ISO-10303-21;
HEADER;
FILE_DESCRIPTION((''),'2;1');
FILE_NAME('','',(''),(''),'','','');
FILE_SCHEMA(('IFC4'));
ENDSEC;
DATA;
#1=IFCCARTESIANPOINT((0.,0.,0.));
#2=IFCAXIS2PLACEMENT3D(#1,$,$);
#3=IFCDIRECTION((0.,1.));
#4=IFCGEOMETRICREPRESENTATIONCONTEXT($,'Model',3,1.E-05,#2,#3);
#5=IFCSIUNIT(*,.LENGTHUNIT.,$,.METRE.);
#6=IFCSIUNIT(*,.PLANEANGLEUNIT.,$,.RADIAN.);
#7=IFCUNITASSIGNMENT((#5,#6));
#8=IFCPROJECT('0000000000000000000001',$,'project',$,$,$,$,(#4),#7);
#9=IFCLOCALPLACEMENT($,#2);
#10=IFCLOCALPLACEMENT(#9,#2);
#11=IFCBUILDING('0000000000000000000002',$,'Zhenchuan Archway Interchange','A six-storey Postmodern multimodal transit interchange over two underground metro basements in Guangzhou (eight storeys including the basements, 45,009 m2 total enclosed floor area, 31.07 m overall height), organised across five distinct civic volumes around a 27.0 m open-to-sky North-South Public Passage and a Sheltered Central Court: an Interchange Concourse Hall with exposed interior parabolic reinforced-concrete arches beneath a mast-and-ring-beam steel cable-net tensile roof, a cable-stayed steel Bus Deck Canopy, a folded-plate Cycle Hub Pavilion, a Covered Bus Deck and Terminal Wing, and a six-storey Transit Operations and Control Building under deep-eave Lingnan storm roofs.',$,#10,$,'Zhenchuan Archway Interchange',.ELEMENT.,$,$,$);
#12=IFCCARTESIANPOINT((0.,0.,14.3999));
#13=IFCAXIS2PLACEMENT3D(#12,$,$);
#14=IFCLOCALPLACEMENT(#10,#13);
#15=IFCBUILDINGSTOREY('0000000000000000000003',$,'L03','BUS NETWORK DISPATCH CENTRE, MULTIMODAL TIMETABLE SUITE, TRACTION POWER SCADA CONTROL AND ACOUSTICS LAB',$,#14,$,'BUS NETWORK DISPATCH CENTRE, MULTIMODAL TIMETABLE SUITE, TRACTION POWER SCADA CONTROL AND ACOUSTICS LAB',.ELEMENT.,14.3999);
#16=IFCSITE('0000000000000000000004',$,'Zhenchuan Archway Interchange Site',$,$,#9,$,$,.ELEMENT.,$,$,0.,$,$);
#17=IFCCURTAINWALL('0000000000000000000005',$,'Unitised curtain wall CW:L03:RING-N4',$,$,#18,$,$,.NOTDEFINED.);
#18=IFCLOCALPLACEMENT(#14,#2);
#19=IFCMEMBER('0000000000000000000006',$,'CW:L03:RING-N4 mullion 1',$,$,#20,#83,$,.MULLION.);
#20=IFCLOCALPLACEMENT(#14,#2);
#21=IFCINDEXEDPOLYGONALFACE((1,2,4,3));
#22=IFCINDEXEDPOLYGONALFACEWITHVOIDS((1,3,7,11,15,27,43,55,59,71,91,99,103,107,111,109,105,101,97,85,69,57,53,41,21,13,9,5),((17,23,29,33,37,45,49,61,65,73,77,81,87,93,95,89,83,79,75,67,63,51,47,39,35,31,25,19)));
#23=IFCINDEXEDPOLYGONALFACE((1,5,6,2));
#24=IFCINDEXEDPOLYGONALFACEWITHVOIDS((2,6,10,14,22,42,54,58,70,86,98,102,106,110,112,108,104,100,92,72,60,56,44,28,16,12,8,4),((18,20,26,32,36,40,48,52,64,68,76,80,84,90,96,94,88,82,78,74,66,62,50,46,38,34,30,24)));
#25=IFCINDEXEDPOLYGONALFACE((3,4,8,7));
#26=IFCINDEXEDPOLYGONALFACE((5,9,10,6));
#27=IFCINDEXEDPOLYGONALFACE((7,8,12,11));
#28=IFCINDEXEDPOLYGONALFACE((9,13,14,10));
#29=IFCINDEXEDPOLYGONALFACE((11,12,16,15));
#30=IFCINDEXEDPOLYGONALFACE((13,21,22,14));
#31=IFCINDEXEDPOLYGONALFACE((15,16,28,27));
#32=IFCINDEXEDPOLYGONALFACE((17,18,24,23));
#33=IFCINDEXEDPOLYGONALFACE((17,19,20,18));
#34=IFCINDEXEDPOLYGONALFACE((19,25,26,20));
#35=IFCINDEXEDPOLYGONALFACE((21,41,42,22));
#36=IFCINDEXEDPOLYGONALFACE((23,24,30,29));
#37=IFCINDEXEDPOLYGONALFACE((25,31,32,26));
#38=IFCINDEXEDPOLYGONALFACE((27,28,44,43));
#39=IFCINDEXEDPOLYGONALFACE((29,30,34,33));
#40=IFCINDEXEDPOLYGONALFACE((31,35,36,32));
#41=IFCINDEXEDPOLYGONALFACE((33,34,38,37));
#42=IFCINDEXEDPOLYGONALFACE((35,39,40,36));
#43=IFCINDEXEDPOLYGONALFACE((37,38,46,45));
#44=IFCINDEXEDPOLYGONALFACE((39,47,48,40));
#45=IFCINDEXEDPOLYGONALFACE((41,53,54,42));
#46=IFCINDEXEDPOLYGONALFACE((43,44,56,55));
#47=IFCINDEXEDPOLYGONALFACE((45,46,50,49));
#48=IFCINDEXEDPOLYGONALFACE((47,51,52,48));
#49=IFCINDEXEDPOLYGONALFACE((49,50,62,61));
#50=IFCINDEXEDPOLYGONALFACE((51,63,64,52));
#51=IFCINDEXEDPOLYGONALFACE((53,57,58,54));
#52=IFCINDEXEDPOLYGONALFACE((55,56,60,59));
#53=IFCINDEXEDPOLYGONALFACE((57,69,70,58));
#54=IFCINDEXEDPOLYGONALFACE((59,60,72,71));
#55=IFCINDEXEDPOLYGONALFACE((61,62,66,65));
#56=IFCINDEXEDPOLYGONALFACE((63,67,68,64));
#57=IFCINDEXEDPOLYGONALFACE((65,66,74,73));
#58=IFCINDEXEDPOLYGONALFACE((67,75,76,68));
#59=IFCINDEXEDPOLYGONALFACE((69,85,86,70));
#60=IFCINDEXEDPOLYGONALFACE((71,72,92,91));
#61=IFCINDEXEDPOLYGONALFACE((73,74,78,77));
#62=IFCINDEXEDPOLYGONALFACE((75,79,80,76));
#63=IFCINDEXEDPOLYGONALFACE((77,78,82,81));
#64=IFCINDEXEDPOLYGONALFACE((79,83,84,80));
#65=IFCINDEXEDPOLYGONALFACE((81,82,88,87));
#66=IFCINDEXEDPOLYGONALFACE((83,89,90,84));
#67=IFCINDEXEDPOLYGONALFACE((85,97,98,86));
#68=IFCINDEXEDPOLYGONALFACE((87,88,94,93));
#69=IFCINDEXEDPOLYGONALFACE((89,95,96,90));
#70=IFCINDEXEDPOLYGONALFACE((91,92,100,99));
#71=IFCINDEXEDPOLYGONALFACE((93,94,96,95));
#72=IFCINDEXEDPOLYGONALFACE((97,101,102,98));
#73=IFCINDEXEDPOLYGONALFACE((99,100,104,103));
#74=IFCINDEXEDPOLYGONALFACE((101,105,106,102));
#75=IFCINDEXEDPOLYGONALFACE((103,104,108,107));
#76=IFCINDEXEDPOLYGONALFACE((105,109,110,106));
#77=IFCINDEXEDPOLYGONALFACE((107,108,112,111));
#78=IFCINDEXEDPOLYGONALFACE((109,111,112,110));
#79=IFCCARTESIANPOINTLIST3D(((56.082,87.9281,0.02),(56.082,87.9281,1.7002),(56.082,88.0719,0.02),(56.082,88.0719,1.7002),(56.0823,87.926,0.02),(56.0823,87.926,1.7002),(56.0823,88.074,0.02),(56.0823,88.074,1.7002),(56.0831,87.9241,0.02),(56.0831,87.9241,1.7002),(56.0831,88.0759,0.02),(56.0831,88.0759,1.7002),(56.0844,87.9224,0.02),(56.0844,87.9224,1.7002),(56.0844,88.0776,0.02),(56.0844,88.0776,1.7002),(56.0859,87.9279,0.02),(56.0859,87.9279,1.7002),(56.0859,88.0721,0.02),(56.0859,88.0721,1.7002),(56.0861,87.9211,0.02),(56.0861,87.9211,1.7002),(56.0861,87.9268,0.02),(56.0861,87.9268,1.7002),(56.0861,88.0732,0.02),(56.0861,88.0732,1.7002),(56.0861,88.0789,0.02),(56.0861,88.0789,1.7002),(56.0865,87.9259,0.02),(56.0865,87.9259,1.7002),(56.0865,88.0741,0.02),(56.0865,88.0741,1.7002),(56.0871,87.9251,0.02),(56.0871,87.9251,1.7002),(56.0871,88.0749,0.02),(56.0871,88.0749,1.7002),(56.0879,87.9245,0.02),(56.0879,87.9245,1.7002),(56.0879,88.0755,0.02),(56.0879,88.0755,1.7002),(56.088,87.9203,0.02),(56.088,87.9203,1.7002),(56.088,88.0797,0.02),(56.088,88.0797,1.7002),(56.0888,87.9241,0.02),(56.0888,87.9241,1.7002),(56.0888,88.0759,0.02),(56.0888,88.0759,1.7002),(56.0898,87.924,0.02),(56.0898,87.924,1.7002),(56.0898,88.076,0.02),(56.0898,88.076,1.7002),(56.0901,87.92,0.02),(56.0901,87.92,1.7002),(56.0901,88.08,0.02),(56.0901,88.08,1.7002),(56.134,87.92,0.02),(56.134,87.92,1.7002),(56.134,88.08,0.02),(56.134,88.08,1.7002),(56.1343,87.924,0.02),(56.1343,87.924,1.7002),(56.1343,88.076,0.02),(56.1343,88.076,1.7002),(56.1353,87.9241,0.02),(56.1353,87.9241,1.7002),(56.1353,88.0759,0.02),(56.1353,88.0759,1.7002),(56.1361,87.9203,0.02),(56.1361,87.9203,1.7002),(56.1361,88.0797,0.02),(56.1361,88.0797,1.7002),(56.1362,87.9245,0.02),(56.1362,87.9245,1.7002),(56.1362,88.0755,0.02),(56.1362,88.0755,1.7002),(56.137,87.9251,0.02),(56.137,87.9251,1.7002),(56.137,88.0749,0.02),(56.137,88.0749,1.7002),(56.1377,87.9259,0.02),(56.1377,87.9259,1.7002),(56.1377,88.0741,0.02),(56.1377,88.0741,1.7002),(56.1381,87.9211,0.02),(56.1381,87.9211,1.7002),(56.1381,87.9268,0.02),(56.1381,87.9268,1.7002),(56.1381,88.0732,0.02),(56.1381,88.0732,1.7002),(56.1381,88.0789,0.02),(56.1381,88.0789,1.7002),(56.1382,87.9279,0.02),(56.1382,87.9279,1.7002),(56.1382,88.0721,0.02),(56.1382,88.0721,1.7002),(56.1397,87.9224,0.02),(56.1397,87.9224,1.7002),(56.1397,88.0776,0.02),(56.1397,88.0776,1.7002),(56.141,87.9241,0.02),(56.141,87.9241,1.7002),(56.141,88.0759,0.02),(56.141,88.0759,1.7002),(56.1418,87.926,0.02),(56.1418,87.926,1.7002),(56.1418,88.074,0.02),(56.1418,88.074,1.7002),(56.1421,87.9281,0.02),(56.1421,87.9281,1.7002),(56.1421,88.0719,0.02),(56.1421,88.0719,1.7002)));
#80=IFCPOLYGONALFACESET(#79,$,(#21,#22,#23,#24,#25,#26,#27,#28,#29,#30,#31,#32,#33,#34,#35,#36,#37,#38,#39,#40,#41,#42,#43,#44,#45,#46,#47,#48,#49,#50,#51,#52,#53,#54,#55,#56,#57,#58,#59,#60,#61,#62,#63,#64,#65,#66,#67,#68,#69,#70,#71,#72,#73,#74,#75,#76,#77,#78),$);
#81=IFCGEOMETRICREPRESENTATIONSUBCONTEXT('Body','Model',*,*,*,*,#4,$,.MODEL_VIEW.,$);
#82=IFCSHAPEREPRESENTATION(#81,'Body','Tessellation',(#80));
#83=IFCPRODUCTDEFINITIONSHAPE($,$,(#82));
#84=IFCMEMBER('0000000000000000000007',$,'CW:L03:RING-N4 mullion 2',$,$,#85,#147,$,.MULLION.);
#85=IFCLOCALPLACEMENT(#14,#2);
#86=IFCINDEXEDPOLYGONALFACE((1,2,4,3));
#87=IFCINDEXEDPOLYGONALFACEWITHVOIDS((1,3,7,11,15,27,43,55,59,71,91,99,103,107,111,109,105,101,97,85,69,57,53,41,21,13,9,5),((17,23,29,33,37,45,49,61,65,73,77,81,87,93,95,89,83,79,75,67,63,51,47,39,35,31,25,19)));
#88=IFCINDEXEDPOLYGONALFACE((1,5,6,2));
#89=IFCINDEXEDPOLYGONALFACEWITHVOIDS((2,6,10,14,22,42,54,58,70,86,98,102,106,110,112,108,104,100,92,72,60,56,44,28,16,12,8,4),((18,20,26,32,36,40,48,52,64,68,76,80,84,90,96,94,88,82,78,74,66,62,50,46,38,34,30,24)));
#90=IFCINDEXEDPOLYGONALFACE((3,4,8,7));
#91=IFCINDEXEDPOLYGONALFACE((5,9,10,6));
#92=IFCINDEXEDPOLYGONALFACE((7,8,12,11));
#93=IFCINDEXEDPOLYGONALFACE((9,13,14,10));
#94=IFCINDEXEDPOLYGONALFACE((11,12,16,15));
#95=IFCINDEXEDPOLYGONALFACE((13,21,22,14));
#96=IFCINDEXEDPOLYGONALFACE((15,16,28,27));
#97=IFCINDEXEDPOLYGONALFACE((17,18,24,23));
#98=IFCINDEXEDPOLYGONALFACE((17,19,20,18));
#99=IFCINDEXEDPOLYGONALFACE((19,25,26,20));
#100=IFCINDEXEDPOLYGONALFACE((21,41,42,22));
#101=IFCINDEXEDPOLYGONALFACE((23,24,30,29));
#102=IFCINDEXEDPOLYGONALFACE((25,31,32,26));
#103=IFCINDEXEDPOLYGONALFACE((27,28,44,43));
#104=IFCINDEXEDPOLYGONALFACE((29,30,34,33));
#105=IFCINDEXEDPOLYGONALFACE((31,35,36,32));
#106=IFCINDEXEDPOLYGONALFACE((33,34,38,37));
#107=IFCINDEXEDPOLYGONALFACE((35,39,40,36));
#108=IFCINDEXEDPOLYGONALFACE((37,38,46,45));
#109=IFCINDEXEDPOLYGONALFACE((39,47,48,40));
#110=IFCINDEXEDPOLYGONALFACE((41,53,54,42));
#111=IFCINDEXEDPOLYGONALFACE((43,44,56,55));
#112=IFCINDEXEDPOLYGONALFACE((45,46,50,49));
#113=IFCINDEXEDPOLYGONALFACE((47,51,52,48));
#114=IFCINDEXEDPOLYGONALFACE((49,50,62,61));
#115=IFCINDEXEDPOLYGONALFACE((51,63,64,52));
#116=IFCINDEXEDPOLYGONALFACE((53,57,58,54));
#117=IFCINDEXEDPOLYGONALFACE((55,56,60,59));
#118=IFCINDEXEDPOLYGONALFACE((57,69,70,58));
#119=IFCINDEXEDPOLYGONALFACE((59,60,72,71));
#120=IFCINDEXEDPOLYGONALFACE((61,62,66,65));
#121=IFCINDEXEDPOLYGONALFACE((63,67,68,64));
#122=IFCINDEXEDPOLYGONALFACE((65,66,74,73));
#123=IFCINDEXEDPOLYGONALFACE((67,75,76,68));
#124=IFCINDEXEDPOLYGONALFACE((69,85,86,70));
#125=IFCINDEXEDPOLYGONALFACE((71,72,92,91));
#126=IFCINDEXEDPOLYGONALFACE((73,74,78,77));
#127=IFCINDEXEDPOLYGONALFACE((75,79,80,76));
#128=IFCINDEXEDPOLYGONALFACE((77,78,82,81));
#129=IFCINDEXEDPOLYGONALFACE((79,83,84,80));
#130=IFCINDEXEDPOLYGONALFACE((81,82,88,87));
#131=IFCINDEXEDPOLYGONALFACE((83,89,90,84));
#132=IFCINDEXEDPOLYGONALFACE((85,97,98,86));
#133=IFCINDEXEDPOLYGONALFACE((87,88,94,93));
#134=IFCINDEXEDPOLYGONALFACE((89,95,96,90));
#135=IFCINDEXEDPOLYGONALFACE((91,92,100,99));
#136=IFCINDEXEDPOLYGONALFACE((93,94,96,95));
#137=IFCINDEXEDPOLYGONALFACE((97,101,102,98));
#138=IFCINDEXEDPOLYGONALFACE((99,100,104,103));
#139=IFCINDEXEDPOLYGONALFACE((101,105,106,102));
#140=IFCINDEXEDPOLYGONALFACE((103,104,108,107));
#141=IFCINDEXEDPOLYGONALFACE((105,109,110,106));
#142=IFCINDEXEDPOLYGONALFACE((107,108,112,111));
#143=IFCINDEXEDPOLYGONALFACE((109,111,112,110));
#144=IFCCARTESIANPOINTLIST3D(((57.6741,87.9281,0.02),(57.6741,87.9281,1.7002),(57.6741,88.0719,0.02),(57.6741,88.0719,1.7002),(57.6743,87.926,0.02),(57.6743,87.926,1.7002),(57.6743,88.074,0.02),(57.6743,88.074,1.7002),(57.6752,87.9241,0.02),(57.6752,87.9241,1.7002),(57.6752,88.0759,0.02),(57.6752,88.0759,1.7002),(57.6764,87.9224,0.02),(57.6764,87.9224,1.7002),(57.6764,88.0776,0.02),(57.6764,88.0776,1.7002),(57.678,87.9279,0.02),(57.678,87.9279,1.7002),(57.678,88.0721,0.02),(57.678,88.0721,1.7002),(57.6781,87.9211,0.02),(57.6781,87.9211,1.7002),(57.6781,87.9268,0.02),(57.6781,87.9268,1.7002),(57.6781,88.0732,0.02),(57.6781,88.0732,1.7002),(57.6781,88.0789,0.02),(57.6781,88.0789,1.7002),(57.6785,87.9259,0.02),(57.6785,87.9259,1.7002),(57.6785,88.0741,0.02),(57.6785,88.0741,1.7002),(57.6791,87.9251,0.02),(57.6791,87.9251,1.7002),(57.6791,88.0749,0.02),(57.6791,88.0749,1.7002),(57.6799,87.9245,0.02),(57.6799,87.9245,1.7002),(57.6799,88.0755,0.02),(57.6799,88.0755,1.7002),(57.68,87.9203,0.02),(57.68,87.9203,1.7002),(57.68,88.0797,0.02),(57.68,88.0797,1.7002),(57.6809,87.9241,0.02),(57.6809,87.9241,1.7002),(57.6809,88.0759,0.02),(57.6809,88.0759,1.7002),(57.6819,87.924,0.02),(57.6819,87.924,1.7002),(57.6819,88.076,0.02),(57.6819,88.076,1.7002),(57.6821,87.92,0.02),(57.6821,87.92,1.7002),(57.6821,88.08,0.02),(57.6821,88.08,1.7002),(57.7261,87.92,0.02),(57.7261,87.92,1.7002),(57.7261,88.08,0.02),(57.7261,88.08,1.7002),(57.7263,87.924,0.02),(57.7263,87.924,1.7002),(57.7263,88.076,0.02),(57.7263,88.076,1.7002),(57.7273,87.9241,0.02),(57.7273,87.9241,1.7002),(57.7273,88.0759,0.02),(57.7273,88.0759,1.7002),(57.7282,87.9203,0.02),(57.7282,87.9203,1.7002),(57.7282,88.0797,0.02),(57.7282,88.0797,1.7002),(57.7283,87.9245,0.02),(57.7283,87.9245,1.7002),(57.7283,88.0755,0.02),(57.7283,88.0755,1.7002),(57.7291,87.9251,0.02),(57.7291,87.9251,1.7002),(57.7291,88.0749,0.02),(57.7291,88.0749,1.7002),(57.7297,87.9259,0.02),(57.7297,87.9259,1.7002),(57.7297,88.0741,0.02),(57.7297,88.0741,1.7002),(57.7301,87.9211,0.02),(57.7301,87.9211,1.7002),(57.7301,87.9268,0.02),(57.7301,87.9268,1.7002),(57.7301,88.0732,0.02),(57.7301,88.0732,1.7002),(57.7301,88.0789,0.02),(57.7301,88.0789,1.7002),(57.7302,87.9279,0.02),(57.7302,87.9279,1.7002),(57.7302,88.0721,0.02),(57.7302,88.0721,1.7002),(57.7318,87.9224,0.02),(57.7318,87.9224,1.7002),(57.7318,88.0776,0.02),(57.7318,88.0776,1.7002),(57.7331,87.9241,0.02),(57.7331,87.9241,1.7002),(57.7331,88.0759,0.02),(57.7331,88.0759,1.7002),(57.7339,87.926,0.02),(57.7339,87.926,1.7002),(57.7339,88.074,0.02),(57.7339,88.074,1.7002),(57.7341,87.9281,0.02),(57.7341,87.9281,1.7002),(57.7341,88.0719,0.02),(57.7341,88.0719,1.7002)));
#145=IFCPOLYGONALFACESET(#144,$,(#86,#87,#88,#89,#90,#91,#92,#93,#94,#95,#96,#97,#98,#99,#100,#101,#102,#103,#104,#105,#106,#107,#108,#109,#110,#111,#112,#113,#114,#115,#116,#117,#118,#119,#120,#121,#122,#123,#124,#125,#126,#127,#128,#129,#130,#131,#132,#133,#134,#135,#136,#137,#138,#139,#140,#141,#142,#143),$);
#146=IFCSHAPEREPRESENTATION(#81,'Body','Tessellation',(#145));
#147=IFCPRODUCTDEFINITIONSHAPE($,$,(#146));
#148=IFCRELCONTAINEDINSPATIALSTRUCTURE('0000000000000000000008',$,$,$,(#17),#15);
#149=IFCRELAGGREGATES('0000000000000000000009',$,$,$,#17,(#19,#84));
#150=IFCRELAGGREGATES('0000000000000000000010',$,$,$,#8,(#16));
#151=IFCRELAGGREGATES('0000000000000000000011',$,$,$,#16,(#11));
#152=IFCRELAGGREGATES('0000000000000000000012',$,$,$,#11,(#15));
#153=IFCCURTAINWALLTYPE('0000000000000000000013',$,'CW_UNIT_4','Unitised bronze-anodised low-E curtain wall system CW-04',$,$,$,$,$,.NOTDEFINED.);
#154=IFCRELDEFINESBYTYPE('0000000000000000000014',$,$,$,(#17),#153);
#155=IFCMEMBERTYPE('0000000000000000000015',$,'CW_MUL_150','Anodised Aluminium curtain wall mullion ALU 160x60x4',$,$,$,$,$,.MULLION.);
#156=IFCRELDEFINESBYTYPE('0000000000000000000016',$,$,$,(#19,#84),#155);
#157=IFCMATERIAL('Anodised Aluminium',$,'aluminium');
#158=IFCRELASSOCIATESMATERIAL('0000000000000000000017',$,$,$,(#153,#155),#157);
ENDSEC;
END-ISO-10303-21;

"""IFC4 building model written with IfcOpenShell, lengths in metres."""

from ifc_helpers import new_model, si_unit, direction, frame, origin, origin_2d, place, context, subcontext, project, spatial, hollow_rectangle, extrude, material, material_profile, profile_set, type_object, element, aggregate, save


model = new_model("IFC4")

# Units and contexts
model_context = context("Model", 3, precision=1e-05, world=origin(), true_north=direction((0.0, 1.0)))
body_context = subcontext(model_context, "Body", "Model", "MODEL_VIEW")
ifc_project = project(units=[si_unit("LENGTHUNIT", "METRE"), si_unit("PLANEANGLEUNIT", "RADIAN")], contexts=[model_context])

# Site, building, storey
site_placement = place(None, origin())
site = spatial("IfcSite", under=ifc_project, at=site_placement, Name="Zhenchuan Archway Interchange Site", CompositionType="ELEMENT", RefElevation=0.0)
building_placement = place(site_placement, origin())
building = spatial("IfcBuilding", under=site, at=building_placement, Name="Zhenchuan Archway Interchange", Description="A six-storey Postmodern multimodal transit interchange over two underground metro basements in Guangzhou (eight storeys including the basements, 45,009 m2 total enclosed floor area, 31.07 m overall height), organised across five distinct civic volumes around a 27.0 m open-to-sky North-South Public Passage and a Sheltered Central Court: an Interchange Concourse Hall with exposed interior parabolic reinforced-concrete arches beneath a mast-and-ring-beam steel cable-net tensile roof, a cable-stayed steel Bus Deck Canopy, a folded-plate Cycle Hub Pavilion, a Covered Bus Deck and Terminal Wing, and a six-storey Transit Operations and Control Building under deep-eave Lingnan storm roofs.", LongName="Zhenchuan Archway Interchange", CompositionType="ELEMENT")
storey_placement = place(building_placement, frame((0.0, 0.0, 14.3999)))
storey = spatial("IfcBuildingStorey", under=building, at=storey_placement, Name="L03", Description="BUS NETWORK DISPATCH CENTRE, MULTIMODAL TIMETABLE SUITE, TRACTION POWER SCADA CONTROL AND ACOUSTICS LAB", LongName="BUS NETWORK DISPATCH CENTRE, MULTIMODAL TIMETABLE SUITE, TRACTION POWER SCADA CONTROL AND ACOUSTICS LAB", CompositionType="ELEMENT", Elevation=14.3999)

# Curtain wall, members
ifc_material_1 = material(Name="Anodised Aluminium", Category="aluminium")
curtain_wall_type = type_object("IfcCurtainWallType", Name="CW_UNIT_4", Description="Unitised bronze-anodised low-E curtain wall system CW-04", PredefinedType="NOTDEFINED", material=ifc_material_1)
ifc_material_profile_1 = material_profile(ifc_material_1, hollow_rectangle(XDim=0.0601, YDim=0.1599, WallThickness=0.0039, InnerFilletRadius=0.0039, OuterFilletRadius=0.0081, at=origin_2d()), Name="ALU 160x60x4")
ifc_profile_set_1 = profile_set([ifc_material_profile_1], Name="Anodised Aluminium")
member_type_1 = type_object("IfcMemberType", Name="CW_MUL_150", Description="Anodised Aluminium curtain wall mullion ALU 160x60x4", PredefinedType="MULLION", material=ifc_profile_set_1)
curtain_wall_1_placement = place(storey_placement, origin())
curtain_wall_1 = element("IfcCurtainWall", 1, at=curtain_wall_1_placement, inside=storey, type_object=curtain_wall_type, Name="Unitised curtain wall CW:L03:RING-N4", PredefinedType="NOTDEFINED")
member_1_placement = place(storey_placement, frame((56.1121, 88.0, 0.02), z_axis=(0.0, 0.0, 1.0), x_axis=(1.0, 0.0, 0.0)))
member_1 = element("IfcMember", 2, at=member_1_placement, type_object=member_type_1, Name="CW:L03:RING-N4 mullion 1", PredefinedType="MULLION", context=body_context, shape_type="SweptSolid", body=[
    extrude(hollow_rectangle(XDim=0.0601, YDim=0.1599, WallThickness=0.0039, InnerFilletRadius=0.0039, OuterFilletRadius=0.0081, at=origin_2d()), origin(), (0.0, 0.0, 1.0), 1.6802),
])
member_2_placement = place(storey_placement, frame((57.7041, 88.0, 0.02), z_axis=(0.0, 0.0, 1.0), x_axis=(1.0, 0.0, 0.0)))
member_2 = element("IfcMember", 3, at=member_2_placement, type_object=member_type_1, Name="CW:L03:RING-N4 mullion 2", PredefinedType="MULLION", context=body_context, shape_type="SweptSolid", body=[
    extrude(hollow_rectangle(XDim=0.0601, YDim=0.1599, WallThickness=0.0039, InnerFilletRadius=0.0039, OuterFilletRadius=0.0081, at=origin_2d()), origin(), (0.0, 0.0, 1.0), 1.6802),
])

aggregate(curtain_wall_1, [member_1, member_2])

save(model, "model.ifc")
